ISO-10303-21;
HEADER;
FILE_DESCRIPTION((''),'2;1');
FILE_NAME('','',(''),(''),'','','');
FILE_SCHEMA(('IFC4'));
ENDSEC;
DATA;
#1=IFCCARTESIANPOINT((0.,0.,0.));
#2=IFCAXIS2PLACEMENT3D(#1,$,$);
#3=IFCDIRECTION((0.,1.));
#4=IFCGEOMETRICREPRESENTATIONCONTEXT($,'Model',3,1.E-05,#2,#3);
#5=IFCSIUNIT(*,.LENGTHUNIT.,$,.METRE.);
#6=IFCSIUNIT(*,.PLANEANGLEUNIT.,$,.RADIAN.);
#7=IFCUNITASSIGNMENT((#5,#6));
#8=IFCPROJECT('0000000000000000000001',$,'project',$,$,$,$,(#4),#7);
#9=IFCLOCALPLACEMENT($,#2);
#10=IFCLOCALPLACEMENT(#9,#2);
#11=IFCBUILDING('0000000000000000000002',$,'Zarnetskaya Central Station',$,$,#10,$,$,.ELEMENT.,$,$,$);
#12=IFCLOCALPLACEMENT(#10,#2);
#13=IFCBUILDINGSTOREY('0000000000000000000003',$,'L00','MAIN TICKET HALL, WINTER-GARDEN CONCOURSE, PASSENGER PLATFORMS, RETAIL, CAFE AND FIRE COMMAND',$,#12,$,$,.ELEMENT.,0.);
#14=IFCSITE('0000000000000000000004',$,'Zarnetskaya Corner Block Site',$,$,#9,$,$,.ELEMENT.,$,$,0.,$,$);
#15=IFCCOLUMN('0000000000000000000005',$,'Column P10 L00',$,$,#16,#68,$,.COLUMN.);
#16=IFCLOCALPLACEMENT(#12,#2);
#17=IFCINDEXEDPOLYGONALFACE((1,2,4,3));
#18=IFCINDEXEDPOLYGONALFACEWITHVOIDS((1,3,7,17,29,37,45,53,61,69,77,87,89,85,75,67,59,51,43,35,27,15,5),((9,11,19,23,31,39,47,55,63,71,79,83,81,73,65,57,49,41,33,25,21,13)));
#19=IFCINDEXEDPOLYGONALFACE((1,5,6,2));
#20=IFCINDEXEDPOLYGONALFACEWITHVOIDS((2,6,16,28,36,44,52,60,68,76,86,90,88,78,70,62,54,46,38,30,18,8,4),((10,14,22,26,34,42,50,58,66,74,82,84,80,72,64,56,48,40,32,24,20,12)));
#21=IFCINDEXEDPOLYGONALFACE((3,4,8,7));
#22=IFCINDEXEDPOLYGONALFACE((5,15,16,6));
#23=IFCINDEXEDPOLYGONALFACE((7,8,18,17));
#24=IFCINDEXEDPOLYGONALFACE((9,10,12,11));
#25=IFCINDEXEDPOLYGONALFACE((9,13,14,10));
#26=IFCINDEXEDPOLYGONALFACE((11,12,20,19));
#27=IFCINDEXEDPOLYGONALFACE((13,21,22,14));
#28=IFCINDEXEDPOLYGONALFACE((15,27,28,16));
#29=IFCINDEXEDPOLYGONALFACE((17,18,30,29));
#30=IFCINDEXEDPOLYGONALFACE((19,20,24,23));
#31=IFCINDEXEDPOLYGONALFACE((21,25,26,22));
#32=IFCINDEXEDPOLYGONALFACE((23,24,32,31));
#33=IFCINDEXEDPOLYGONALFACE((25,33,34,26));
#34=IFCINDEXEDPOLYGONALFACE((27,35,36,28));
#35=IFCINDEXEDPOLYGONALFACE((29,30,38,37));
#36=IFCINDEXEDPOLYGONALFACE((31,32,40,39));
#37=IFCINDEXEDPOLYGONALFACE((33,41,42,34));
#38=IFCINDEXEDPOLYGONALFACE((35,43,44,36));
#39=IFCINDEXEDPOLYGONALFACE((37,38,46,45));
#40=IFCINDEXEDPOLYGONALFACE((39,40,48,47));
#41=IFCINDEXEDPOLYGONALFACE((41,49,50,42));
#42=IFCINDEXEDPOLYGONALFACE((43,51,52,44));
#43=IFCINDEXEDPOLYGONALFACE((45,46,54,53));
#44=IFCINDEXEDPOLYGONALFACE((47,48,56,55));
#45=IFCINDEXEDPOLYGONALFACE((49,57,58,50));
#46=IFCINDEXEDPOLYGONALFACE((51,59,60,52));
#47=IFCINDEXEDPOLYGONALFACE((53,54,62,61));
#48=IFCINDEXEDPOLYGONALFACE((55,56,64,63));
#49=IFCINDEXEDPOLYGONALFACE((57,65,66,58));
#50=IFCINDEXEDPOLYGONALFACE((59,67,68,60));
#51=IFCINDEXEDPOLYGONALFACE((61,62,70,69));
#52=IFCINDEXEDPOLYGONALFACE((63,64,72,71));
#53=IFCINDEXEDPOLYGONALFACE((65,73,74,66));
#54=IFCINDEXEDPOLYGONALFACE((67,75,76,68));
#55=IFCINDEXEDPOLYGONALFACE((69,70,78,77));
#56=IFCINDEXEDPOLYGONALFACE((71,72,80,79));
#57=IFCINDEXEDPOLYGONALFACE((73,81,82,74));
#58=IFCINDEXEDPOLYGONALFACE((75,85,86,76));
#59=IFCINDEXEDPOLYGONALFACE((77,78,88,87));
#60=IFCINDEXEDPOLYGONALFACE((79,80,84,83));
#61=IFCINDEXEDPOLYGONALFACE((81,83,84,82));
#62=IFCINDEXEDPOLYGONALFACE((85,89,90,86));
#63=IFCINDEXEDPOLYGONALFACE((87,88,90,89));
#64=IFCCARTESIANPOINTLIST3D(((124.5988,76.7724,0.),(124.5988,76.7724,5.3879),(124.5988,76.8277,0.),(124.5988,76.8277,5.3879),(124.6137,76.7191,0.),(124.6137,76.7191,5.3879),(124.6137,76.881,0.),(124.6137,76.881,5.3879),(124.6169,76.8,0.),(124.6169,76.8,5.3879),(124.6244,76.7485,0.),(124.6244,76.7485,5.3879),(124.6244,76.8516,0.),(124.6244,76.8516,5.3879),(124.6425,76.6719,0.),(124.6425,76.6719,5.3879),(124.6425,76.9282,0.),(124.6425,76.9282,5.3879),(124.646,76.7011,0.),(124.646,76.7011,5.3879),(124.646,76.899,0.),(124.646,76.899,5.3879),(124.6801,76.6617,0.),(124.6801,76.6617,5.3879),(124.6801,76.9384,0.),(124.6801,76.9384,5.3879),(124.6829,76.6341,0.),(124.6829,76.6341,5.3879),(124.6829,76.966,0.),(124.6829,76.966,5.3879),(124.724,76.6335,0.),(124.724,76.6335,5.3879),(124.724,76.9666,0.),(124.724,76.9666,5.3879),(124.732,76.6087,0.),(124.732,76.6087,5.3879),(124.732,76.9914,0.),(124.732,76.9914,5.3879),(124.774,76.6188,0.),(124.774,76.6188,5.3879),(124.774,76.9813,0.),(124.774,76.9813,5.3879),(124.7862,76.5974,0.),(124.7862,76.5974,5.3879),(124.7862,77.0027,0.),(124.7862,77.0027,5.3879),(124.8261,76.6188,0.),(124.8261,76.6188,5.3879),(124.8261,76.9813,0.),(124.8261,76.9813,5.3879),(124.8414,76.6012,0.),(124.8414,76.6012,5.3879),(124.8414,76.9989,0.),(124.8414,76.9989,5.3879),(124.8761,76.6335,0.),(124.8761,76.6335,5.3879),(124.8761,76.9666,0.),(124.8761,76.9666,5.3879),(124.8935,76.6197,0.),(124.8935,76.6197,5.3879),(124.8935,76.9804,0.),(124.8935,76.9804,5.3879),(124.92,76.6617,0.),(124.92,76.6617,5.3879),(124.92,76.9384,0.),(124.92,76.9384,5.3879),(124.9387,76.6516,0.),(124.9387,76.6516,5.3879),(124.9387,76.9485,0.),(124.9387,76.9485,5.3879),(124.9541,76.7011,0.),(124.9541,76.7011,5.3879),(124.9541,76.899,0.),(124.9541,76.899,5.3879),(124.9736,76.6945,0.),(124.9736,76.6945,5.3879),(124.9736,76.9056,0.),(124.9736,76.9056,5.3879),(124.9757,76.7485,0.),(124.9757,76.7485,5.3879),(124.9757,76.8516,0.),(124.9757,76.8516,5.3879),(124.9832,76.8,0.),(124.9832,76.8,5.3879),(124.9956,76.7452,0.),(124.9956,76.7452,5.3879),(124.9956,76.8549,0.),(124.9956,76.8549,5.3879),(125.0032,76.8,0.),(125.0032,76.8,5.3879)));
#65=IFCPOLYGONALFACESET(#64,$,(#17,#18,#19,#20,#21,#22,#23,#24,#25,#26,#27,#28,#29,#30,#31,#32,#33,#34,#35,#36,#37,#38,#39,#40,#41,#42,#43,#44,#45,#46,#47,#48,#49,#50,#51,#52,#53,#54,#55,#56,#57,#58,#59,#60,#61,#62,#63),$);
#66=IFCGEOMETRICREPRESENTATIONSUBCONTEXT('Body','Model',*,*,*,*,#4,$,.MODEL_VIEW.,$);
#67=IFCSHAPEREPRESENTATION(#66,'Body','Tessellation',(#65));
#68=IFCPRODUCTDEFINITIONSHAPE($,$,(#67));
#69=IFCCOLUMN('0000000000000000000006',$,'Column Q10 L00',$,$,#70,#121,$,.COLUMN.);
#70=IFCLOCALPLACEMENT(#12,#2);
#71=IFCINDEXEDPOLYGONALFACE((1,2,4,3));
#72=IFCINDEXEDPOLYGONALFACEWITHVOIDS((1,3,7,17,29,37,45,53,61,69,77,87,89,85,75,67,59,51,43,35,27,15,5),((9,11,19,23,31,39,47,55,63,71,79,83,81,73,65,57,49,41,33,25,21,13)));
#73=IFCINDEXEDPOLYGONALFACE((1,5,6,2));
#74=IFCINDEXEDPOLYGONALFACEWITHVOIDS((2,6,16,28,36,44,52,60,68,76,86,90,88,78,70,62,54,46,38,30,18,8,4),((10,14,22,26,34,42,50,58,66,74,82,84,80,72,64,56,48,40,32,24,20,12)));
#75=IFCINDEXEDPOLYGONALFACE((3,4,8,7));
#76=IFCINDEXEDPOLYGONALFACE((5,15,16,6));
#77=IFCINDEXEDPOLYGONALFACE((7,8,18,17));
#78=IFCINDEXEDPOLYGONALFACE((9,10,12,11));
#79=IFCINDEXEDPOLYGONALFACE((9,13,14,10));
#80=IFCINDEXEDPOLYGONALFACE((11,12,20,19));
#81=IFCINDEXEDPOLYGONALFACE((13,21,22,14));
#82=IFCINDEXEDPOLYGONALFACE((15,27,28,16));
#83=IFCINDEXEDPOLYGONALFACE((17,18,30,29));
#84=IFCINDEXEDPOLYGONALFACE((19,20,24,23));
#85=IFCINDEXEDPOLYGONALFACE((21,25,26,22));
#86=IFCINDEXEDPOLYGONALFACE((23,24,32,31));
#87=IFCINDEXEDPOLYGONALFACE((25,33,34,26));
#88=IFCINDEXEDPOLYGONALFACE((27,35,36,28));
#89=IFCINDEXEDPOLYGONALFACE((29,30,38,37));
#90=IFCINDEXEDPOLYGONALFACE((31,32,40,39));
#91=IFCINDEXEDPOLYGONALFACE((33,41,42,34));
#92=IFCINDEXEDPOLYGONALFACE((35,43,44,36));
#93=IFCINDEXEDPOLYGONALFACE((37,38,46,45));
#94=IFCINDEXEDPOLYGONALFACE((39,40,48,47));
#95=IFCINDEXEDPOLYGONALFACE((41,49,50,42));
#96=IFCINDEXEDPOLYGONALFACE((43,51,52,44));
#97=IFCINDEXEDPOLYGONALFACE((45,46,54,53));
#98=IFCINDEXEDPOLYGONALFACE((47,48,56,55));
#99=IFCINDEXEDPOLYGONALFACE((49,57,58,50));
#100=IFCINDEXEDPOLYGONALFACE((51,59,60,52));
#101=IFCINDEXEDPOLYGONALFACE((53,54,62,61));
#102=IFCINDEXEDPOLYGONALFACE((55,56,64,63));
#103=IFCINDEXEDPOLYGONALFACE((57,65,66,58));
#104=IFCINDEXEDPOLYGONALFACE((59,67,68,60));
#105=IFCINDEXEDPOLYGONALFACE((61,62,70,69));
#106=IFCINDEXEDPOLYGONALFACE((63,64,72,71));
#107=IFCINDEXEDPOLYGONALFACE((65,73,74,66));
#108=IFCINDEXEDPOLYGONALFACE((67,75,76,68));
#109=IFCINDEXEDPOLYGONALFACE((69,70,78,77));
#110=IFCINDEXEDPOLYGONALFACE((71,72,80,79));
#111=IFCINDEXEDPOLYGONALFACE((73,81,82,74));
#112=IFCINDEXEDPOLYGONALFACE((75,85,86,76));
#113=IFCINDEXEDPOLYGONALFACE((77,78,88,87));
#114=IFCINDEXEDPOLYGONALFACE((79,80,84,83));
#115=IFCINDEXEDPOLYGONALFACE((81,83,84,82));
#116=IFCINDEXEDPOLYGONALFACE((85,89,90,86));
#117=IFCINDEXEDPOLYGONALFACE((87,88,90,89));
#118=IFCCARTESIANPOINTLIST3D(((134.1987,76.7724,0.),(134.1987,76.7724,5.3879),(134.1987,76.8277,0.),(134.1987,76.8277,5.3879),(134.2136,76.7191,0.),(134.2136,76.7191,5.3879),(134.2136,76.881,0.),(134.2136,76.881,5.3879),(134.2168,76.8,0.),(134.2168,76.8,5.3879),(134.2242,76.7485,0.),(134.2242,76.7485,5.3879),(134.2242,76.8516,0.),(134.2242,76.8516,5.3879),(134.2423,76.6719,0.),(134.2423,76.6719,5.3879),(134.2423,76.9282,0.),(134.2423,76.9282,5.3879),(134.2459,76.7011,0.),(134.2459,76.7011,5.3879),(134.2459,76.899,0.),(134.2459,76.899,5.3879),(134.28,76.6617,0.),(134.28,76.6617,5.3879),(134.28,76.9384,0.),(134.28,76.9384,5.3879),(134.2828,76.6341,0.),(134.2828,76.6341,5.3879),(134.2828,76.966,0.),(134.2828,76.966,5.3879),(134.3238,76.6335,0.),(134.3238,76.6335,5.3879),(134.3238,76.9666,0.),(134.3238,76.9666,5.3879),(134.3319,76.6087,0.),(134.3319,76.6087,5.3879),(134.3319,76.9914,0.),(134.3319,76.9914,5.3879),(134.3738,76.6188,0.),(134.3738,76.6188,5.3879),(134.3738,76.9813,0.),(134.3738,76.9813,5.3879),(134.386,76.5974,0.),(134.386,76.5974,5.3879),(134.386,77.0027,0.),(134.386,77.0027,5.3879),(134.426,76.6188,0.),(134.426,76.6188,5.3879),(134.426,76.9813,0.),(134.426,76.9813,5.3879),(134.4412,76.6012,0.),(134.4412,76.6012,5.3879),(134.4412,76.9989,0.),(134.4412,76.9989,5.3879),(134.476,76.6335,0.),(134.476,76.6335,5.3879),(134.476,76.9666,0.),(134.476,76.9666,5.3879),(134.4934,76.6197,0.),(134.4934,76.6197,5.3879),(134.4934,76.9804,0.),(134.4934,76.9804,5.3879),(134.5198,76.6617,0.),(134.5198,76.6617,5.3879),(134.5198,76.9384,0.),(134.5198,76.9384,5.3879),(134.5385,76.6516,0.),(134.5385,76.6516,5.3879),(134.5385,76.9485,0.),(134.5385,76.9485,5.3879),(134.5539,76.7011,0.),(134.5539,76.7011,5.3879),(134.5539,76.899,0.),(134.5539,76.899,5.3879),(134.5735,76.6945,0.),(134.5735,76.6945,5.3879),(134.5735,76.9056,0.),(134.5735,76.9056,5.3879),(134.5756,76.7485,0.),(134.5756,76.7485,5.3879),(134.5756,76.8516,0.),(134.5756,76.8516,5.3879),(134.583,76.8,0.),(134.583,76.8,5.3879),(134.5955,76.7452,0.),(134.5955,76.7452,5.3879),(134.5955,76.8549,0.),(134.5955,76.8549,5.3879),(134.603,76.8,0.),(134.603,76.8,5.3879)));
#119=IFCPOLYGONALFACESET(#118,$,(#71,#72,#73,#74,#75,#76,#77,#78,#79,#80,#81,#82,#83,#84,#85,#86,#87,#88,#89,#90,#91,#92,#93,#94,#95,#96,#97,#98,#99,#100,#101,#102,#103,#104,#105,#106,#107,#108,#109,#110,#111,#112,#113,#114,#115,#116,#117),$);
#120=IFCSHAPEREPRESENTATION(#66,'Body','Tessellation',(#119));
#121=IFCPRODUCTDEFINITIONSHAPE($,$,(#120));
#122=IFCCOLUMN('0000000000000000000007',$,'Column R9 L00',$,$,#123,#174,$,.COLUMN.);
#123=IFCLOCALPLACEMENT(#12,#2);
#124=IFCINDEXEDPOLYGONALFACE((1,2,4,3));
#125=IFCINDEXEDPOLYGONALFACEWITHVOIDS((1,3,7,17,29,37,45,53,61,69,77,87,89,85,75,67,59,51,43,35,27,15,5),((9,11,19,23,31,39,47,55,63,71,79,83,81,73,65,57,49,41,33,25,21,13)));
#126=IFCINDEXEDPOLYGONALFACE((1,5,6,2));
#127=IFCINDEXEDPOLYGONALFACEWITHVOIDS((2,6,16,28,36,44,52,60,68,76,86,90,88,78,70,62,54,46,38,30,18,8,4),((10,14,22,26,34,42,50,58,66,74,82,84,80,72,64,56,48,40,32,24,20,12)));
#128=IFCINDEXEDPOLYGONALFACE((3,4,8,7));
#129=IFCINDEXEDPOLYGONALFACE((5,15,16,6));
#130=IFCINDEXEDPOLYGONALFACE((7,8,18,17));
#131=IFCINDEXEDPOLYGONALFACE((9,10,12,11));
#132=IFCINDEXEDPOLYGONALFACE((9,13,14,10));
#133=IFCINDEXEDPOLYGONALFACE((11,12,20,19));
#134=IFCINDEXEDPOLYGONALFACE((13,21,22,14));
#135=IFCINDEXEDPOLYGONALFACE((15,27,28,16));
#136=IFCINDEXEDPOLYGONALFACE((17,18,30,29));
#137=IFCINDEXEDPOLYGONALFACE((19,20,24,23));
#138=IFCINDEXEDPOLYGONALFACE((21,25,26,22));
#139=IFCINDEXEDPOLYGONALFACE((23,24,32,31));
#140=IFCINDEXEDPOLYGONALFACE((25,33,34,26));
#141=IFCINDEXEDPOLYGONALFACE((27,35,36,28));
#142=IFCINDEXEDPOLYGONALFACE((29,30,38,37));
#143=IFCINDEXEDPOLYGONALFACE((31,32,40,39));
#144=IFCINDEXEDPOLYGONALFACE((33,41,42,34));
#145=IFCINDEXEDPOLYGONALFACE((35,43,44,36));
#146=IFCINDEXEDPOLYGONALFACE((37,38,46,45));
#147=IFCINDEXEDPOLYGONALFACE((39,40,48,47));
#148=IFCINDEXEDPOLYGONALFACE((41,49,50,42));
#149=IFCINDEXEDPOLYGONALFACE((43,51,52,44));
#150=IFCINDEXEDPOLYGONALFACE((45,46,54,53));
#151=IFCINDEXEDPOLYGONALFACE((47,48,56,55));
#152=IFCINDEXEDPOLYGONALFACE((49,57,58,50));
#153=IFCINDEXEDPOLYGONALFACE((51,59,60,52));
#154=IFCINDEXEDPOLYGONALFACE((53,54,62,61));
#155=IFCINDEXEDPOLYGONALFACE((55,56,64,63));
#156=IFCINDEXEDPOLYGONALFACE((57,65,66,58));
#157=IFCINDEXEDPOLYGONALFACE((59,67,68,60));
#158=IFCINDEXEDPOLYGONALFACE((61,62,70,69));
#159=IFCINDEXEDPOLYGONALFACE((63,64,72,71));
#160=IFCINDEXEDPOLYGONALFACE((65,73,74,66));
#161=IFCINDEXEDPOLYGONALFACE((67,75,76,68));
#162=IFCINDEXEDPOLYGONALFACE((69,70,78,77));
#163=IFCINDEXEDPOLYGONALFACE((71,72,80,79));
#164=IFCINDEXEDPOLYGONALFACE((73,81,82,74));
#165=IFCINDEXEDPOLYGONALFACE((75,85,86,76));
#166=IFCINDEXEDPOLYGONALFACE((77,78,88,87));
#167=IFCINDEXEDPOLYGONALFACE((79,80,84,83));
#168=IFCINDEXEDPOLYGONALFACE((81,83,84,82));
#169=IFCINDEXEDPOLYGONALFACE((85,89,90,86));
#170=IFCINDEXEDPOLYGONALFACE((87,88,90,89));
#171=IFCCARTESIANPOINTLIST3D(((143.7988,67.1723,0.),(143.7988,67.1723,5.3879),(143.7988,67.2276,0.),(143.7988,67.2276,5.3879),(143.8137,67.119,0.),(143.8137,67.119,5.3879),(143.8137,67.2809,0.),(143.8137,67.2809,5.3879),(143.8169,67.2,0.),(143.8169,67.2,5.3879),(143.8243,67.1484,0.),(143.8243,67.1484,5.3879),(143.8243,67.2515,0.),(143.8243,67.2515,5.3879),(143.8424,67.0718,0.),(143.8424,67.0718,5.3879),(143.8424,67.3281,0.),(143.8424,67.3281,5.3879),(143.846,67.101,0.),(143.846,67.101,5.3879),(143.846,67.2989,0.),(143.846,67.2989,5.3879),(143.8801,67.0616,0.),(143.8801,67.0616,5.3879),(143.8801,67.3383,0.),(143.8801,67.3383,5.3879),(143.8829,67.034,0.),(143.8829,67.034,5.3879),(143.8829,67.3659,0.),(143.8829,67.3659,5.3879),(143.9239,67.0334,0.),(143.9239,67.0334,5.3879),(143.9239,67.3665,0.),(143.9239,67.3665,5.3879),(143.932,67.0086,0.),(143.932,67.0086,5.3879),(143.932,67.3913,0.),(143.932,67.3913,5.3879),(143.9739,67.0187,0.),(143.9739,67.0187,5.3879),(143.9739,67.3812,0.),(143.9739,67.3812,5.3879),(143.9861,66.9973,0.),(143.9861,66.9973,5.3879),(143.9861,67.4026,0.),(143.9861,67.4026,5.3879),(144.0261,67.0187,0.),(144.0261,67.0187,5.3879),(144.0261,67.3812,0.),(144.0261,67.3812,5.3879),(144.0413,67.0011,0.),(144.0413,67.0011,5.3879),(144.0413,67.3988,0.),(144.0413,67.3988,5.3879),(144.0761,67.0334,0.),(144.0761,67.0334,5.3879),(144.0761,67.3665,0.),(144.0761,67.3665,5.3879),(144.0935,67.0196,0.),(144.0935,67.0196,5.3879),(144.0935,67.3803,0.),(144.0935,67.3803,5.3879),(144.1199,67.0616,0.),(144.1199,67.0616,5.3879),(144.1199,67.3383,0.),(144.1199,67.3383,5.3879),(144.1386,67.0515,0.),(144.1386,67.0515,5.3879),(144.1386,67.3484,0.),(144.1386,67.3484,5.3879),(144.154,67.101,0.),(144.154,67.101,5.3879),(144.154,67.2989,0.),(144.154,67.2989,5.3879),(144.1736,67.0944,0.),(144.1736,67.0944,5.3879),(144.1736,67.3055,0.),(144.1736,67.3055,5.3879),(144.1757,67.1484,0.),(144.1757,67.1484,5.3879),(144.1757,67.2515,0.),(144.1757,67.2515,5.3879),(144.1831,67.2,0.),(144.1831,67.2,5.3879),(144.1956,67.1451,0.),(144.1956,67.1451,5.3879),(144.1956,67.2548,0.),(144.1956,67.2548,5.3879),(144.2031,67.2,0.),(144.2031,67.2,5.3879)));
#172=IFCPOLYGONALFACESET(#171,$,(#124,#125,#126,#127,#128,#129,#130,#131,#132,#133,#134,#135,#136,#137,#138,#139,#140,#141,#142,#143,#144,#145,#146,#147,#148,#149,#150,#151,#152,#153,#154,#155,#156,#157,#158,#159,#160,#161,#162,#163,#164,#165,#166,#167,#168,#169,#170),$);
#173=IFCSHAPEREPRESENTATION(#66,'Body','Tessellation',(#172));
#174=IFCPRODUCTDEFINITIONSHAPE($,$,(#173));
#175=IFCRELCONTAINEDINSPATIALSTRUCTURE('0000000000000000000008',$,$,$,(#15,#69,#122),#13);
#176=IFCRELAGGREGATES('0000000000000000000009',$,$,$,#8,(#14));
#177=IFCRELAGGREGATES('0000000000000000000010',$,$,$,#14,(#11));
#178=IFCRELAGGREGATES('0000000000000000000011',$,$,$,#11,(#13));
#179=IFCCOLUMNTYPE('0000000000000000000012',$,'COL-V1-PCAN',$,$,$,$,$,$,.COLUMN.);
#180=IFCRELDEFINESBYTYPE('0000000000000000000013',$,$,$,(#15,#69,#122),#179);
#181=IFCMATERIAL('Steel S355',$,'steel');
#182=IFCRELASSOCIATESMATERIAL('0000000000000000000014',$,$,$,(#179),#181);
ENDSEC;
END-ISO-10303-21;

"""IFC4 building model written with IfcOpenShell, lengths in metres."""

from ifc_helpers import new_model, si_unit, direction, frame, origin, origin_2d, place, context, subcontext, project, spatial, hollow_circle, extrude, material, material_profile, profile_set, type_object, element, save


model = new_model("IFC4")

# Units and contexts
model_context = context("Model", 3, precision=1e-05, world=origin(), true_north=direction((0.0, 1.0)))
body_context = subcontext(model_context, "Body", "Model", "MODEL_VIEW")
ifc_project = project(units=[si_unit("LENGTHUNIT", "METRE"), si_unit("PLANEANGLEUNIT", "RADIAN")], contexts=[model_context])

# Site, building, storey
site_placement = place(None, origin())
site = spatial("IfcSite", under=ifc_project, at=site_placement, Name="Zarnetskaya Corner Block Site", CompositionType="ELEMENT", RefElevation=0.0)
building_placement = place(site_placement, origin())
building = spatial("IfcBuilding", under=site, at=building_placement, Name="Zarnetskaya Central Station", CompositionType="ELEMENT")
storey_placement = place(building_placement, origin())
storey = spatial("IfcBuildingStorey", under=building, at=storey_placement, Name="L00", Description="MAIN TICKET HALL, WINTER-GARDEN CONCOURSE, PASSENGER PLATFORMS, RETAIL, CAFE AND FIRE COMMAND", CompositionType="ELEMENT", Elevation=0.0)

# Columns
ifc_material = material(Name="Steel S355", Category="steel")
ifc_material_profile_1 = material_profile(ifc_material, hollow_circle(Radius=0.2031, WallThickness=0.02, at=origin_2d()), Name="CHS 406.4x20")
ifc_profile_set_1 = profile_set([ifc_material_profile_1], Name="Steel S355")
column_type = type_object("IfcColumnType", Name="COL-V1-PCAN", PredefinedType="COLUMN", material=ifc_profile_set_1)
for number, where, z_axis, x_axis, name in (
    (1, (124.8, 76.8, 0.0), (0.0, 0.0, 1.0), (1.0, 0.0, 0.0), "Column P10 L00"),
    (2, (134.3999, 76.8, 0.0), (0.0, 0.0, 1.0), (1.0, 0.0, 0.0), "Column Q10 L00"),
    (3, (144.0, 67.2, 0.0), (0.0, 0.0, 1.0), (1.0, 0.0, 0.0), "Column R9 L00"),
):
    element("IfcColumn", number, at=place(storey_placement, frame(where, z_axis=z_axis, x_axis=x_axis)), inside=storey, type_object=column_type, Name=name, PredefinedType="COLUMN", context=body_context, shape_type="SweptSolid", body=[
        extrude(hollow_circle(Radius=0.2031, WallThickness=0.02, at=origin_2d()), origin(), (0.0, 0.0, 1.0), 5.3879),
    ])

save(model, "model.ifc")
